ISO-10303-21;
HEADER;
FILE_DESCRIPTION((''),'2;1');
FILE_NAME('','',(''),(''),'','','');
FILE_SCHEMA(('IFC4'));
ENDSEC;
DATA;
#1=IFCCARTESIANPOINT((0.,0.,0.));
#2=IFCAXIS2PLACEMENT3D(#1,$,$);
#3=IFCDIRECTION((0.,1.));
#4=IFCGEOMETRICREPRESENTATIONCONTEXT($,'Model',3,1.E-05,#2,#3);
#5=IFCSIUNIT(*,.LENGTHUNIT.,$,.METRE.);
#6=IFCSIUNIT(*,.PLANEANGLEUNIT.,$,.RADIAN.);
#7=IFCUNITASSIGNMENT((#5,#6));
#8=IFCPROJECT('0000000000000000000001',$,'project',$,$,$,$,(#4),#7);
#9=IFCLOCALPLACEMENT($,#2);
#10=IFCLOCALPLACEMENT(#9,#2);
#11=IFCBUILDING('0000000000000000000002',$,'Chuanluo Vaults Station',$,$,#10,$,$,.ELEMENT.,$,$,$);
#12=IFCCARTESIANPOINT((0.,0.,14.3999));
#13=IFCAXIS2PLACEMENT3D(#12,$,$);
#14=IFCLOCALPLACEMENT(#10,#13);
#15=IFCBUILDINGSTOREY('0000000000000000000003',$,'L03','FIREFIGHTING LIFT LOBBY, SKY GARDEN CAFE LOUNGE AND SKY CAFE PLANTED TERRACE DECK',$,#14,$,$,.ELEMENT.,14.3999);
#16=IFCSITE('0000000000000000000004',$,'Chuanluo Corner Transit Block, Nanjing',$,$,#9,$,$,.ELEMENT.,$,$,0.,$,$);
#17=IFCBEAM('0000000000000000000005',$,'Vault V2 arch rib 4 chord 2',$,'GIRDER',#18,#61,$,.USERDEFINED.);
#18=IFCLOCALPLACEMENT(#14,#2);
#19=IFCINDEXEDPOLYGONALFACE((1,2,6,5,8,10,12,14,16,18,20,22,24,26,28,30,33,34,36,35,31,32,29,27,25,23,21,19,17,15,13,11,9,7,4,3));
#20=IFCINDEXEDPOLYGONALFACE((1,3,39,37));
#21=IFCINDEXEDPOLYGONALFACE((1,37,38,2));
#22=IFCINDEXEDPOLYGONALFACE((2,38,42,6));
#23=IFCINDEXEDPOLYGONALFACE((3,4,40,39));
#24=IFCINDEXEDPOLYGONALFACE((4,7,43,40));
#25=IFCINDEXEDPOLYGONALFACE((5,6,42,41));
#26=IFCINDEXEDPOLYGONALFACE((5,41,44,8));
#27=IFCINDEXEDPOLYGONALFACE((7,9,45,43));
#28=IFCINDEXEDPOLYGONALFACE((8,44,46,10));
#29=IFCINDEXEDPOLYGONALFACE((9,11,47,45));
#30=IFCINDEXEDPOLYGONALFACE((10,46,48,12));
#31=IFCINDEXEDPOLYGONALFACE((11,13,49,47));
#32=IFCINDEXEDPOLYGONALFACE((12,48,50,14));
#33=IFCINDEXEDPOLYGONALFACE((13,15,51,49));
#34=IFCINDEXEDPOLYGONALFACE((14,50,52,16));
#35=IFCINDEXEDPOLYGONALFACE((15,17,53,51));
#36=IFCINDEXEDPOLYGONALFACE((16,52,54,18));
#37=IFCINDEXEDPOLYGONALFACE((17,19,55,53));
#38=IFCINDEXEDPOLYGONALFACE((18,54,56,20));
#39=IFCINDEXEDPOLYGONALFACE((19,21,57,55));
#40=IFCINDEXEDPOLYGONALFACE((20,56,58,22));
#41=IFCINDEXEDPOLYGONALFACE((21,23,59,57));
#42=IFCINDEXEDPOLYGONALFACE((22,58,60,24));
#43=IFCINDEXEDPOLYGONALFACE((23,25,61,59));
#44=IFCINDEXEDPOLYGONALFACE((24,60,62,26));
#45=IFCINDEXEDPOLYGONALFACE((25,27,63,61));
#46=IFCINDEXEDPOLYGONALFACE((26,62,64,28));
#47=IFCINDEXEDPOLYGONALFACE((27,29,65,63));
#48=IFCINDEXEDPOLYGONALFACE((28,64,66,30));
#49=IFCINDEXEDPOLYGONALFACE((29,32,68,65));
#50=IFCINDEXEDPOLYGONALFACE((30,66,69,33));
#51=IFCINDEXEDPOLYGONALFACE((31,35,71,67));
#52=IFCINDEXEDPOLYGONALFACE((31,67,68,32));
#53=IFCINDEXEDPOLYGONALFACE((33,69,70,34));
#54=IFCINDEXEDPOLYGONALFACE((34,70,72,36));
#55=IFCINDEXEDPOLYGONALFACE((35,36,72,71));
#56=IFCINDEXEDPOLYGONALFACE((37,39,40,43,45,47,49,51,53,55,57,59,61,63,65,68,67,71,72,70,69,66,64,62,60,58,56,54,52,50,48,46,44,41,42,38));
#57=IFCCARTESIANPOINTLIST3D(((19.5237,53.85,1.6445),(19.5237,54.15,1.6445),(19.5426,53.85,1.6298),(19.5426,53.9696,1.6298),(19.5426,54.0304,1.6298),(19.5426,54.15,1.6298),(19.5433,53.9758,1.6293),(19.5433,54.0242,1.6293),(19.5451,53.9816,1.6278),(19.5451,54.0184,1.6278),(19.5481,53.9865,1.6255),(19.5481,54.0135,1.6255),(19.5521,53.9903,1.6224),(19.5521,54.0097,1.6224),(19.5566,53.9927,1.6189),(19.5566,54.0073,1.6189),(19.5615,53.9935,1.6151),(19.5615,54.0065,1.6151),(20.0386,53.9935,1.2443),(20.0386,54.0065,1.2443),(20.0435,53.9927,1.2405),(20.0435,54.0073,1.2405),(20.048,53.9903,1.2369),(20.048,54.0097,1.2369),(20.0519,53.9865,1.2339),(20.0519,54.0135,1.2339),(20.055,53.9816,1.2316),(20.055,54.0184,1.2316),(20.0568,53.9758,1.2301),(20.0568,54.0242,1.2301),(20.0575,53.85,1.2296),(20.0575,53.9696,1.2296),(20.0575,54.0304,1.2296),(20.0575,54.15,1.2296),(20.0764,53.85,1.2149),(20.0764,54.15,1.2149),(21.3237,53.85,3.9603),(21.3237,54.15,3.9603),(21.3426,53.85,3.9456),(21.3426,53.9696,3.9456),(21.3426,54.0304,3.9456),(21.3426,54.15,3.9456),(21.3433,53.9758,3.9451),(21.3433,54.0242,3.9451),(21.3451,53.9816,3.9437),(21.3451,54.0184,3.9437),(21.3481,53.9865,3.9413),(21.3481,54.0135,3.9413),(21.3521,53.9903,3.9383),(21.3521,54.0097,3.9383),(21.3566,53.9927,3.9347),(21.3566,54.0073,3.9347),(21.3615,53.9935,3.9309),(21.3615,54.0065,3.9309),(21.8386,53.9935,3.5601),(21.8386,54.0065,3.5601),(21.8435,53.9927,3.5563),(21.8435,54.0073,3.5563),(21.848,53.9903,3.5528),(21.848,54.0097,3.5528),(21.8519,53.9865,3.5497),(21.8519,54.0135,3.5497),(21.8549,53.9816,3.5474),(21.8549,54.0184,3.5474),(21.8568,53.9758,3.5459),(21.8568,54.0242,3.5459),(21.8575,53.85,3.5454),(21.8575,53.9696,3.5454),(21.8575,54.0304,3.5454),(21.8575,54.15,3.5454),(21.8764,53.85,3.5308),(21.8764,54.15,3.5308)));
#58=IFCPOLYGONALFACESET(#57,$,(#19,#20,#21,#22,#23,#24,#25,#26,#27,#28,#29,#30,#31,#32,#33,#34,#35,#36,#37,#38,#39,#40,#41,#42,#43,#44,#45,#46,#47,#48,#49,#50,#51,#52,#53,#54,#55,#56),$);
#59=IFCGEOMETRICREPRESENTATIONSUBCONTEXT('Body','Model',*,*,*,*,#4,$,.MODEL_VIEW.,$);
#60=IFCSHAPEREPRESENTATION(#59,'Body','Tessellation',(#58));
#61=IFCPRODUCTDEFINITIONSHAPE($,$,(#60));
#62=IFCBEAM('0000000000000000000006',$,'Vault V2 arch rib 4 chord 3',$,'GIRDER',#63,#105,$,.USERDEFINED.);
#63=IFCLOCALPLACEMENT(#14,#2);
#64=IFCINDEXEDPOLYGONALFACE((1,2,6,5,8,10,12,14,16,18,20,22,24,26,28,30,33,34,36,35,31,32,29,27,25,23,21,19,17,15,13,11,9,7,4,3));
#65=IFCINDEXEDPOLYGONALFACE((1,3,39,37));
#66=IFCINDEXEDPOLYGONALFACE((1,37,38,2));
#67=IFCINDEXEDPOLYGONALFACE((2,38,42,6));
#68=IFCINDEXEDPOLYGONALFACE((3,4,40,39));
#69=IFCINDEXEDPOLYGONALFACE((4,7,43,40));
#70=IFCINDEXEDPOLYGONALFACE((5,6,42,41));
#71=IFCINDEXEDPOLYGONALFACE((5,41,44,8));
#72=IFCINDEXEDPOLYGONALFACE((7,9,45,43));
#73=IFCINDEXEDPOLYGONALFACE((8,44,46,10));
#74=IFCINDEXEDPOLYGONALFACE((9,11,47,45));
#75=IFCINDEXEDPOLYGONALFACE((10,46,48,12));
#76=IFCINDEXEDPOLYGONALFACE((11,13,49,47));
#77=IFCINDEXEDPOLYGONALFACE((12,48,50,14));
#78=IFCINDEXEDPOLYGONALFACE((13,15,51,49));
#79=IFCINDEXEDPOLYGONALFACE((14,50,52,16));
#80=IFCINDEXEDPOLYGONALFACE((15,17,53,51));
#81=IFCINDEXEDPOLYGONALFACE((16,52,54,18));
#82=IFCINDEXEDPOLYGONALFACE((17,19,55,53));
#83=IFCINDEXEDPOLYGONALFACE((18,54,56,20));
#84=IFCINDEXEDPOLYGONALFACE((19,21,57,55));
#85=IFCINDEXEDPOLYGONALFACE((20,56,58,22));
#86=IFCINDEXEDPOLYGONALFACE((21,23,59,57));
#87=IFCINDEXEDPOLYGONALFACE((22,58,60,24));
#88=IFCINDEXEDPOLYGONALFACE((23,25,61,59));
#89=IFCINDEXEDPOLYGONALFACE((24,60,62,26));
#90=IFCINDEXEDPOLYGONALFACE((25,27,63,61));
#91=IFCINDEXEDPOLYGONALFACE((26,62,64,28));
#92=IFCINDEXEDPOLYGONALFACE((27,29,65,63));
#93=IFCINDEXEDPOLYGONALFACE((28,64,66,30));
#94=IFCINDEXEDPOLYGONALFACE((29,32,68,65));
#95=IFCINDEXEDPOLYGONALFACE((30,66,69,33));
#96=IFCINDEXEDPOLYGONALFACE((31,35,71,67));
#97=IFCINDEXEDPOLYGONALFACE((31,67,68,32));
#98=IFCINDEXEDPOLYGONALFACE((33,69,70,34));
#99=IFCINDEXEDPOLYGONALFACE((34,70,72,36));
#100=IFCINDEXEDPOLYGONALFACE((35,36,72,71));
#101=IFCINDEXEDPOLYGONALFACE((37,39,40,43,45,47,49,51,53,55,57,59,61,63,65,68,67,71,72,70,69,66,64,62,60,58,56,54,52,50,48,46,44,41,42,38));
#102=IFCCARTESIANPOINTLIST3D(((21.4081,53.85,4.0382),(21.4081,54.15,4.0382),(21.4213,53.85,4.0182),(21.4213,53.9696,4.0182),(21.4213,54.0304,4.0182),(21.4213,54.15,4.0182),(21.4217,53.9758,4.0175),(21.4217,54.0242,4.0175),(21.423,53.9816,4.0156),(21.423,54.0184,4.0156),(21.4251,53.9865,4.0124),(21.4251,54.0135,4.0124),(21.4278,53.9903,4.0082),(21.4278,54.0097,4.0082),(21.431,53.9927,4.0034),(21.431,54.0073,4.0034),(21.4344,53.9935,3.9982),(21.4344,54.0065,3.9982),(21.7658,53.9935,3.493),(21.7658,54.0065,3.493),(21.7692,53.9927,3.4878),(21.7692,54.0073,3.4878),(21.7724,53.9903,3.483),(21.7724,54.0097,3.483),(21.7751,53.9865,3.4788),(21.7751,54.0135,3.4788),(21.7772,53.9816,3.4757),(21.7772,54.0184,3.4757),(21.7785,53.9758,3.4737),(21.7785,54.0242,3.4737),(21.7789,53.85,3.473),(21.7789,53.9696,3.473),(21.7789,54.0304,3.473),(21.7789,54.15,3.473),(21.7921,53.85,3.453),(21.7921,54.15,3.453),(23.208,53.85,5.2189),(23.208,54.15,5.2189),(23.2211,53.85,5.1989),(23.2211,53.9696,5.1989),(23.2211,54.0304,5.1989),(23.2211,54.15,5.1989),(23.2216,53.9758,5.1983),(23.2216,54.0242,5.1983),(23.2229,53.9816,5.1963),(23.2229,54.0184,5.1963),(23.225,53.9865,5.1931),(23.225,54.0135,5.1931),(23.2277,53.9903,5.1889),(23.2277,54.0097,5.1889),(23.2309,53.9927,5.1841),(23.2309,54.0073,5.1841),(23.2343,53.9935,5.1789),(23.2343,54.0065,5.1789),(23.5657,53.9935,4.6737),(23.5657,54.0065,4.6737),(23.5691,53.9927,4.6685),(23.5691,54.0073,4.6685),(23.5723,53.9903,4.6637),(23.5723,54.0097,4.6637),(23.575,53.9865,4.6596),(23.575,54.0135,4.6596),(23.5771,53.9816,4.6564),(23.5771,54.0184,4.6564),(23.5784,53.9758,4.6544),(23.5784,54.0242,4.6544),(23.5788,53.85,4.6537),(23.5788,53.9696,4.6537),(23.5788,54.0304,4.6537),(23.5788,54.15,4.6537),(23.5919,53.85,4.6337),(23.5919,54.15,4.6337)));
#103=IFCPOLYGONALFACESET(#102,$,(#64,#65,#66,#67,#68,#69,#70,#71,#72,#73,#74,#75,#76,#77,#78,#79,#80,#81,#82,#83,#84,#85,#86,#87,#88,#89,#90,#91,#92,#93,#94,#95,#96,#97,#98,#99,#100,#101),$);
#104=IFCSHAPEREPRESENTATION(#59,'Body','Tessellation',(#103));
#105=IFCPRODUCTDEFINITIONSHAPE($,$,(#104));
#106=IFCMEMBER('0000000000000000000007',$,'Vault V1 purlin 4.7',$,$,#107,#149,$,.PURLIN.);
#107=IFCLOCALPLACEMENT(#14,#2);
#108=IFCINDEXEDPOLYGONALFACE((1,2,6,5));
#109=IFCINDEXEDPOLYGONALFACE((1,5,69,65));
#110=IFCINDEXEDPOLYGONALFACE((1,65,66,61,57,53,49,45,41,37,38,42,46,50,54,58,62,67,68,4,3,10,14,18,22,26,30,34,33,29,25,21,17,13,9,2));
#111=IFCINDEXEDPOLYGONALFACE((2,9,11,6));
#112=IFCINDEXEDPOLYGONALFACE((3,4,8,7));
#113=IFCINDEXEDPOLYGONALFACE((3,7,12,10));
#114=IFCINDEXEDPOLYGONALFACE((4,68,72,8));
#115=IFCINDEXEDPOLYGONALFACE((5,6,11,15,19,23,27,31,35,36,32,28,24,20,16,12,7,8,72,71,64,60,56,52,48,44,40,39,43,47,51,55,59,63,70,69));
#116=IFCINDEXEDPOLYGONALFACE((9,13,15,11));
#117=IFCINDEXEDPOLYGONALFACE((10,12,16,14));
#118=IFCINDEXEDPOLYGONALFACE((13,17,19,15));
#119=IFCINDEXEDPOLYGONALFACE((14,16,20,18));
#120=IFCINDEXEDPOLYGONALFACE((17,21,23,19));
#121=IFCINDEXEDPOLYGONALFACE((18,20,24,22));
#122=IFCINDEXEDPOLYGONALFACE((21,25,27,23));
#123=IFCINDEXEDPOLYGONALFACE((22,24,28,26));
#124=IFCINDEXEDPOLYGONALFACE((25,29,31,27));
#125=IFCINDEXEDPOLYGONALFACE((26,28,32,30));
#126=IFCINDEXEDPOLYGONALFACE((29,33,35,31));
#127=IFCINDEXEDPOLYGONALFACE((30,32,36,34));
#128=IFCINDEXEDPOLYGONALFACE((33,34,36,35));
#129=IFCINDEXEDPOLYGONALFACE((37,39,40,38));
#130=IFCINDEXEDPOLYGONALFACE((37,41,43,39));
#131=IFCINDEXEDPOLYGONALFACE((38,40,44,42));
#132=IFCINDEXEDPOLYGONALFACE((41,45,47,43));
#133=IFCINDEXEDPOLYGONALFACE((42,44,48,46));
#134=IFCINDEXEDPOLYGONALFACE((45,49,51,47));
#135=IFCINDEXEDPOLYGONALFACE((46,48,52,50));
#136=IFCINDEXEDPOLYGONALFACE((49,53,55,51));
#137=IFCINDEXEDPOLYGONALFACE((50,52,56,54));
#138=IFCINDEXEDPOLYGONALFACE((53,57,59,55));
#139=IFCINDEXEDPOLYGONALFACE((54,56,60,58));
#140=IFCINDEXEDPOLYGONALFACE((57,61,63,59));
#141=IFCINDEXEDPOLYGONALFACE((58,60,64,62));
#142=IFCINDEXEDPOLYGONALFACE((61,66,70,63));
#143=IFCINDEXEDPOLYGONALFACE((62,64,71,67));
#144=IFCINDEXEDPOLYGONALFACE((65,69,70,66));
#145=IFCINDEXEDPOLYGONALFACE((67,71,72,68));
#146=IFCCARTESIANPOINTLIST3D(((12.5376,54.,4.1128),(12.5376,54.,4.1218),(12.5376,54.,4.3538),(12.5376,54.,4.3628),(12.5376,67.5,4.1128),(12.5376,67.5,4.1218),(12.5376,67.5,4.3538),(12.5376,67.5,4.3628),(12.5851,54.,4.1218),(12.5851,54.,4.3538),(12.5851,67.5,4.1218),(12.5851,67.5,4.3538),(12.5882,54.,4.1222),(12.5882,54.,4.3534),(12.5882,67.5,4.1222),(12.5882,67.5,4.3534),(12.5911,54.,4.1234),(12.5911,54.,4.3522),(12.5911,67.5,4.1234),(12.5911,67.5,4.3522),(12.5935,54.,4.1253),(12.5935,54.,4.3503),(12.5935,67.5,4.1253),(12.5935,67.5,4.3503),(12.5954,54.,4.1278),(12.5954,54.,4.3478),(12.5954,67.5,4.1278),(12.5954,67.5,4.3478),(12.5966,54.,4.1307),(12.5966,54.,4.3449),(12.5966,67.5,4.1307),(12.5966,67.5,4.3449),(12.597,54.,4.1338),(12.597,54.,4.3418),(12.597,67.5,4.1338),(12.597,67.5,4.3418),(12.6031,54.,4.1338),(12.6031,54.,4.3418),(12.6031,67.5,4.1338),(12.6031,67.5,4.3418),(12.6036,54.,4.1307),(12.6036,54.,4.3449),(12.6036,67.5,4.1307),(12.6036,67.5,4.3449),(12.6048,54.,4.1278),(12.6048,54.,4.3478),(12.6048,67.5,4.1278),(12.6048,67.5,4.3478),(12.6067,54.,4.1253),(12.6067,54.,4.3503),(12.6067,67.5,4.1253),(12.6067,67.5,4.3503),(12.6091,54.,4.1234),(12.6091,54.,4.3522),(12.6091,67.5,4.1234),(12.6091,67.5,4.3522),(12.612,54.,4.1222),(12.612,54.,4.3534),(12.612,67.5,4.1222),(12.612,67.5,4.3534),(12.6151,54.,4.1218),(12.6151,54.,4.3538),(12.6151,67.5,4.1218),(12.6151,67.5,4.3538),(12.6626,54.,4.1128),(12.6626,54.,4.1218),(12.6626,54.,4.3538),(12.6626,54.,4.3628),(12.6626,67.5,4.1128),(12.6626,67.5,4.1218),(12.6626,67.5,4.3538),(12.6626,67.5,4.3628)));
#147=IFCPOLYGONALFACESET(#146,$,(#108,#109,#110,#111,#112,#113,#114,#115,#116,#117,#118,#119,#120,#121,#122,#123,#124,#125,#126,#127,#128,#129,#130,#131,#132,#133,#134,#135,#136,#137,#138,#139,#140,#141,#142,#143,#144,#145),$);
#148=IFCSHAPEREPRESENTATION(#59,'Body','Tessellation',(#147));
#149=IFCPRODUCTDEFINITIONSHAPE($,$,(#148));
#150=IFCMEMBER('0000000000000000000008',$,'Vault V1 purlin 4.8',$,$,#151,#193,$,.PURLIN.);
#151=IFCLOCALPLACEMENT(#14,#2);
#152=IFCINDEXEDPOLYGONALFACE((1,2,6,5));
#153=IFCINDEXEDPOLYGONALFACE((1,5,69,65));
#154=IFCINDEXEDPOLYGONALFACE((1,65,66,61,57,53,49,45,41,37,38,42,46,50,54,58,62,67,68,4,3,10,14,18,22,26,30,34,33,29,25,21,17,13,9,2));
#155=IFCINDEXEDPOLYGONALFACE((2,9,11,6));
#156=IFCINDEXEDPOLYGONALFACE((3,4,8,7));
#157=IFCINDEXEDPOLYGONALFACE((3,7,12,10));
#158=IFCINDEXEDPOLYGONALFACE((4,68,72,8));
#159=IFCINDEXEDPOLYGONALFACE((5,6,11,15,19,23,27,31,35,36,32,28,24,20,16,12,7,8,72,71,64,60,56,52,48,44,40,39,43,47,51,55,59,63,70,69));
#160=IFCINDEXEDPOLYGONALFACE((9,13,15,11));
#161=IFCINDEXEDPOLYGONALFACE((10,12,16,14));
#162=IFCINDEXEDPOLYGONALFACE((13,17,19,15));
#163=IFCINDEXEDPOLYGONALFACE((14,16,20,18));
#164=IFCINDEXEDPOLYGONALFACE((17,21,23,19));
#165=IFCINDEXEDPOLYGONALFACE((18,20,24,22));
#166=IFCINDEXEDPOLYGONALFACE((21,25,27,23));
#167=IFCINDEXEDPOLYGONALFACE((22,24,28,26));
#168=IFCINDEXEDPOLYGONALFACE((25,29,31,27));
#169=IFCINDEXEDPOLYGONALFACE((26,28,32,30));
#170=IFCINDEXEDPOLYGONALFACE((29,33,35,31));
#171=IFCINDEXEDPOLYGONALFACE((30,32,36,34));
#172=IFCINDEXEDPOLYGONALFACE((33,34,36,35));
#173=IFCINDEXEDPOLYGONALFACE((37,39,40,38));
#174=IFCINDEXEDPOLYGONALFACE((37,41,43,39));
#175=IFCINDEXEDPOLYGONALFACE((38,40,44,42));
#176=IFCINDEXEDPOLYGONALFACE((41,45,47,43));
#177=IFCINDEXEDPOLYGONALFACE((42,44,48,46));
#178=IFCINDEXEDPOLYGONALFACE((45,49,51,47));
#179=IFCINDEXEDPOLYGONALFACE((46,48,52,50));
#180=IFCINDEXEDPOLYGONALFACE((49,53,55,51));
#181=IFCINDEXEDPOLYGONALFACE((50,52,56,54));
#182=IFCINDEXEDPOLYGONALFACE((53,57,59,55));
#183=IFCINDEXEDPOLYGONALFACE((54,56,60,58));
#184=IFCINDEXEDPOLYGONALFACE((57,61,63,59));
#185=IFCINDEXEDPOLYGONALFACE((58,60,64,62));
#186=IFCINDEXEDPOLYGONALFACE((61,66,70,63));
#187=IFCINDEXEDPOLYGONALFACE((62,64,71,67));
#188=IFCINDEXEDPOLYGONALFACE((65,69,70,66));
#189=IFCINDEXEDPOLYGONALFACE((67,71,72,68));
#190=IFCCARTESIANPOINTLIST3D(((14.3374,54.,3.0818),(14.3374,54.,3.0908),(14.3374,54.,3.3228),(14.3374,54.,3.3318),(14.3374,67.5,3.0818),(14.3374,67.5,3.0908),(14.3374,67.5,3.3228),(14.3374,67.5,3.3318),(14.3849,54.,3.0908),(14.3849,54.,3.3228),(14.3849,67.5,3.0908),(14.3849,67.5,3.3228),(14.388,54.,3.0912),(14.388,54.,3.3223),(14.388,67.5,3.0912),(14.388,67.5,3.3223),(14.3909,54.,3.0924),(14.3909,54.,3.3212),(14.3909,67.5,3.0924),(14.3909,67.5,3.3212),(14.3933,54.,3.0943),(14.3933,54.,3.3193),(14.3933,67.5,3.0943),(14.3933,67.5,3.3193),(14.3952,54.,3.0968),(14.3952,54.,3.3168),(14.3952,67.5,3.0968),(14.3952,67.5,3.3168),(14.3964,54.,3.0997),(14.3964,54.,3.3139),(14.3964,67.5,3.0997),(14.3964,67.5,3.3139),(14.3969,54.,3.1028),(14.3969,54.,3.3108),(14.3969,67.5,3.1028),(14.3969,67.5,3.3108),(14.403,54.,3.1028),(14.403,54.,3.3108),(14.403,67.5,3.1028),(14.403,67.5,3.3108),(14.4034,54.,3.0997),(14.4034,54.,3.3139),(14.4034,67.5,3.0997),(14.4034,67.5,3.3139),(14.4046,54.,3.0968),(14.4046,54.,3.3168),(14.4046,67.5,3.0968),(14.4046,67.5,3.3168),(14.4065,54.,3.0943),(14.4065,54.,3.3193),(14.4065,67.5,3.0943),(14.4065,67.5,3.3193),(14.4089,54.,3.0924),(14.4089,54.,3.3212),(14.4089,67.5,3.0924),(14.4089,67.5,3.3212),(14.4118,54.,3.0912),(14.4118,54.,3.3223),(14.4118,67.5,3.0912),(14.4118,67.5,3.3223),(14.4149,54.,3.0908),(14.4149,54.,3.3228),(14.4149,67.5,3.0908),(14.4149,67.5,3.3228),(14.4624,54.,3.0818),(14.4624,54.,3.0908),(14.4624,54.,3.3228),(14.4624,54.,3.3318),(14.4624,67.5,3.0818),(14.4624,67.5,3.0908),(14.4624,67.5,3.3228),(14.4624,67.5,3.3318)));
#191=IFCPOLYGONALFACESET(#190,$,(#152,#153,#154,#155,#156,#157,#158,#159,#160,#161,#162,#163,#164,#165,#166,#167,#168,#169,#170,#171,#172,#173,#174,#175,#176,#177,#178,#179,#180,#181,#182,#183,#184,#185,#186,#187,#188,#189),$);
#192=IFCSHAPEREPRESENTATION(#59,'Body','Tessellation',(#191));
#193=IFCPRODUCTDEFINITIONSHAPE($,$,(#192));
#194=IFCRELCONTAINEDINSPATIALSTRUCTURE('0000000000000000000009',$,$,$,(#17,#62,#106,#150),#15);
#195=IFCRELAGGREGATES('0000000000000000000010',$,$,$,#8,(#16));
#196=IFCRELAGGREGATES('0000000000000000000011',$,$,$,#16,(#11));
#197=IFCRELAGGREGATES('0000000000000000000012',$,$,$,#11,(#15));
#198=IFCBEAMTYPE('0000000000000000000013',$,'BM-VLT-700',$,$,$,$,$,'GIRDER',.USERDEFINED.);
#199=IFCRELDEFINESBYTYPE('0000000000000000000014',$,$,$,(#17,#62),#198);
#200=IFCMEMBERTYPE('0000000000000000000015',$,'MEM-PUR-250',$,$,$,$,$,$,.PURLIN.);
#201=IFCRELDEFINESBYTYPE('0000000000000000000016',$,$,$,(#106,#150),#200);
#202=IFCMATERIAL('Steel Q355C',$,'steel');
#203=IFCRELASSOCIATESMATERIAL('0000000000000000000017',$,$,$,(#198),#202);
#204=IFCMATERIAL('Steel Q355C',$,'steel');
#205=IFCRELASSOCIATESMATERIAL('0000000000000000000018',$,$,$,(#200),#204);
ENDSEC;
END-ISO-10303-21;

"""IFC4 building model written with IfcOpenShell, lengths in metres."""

from ifc_helpers import new_model, si_unit, direction, frame, origin, origin_2d, place, context, subcontext, project, spatial, i_section, extrude, material, material_profile, profile_set, type_object, element, save


model = new_model("IFC4")

# Units and contexts
model_context = context("Model", 3, precision=1e-05, world=origin(), true_north=direction((0.0, 1.0)))
body_context = subcontext(model_context, "Body", "Model", "MODEL_VIEW")
ifc_project = project(units=[si_unit("LENGTHUNIT", "METRE"), si_unit("PLANEANGLEUNIT", "RADIAN")], contexts=[model_context])

# Site, building, storey
site_placement = place(None, origin())
site = spatial("IfcSite", under=ifc_project, at=site_placement, Name="Chuanluo Corner Transit Block, Nanjing", CompositionType="ELEMENT", RefElevation=0.0)
building_placement = place(site_placement, origin())
building = spatial("IfcBuilding", under=site, at=building_placement, Name="Chuanluo Vaults Station", CompositionType="ELEMENT")
storey_placement = place(building_placement, frame((0.0, 0.0, 14.3999)))
storey = spatial("IfcBuildingStorey", under=building, at=storey_placement, Name="L03", Description="FIREFIGHTING LIFT LOBBY, SKY GARDEN CAFE LOUNGE AND SKY CAFE PLANTED TERRACE DECK", CompositionType="ELEMENT", Elevation=14.3999)

# Beams
ifc_material_1 = material(Name="Steel Q355C", Category="steel")
ifc_material_profile_1 = material_profile(ifc_material_1, i_section(OverallWidth=0.3, OverallDepth=0.7, WebThickness=0.0129, FlangeThickness=0.0239, FilletRadius=0.0239, at=origin_2d()))
ifc_profile_set_1 = profile_set([ifc_material_profile_1], Name="Steel Q355C")
beam_type_1 = type_object("IfcBeamType", Name="BM-VLT-700", ElementType="GIRDER", PredefinedType="USERDEFINED", material=ifc_profile_set_1)
beam_1_placement = place(storey_placement, frame((19.8, 54.0, 1.4297), z_axis=(0.613681, 0.0, 0.789554), x_axis=(0.0, 1.0, 0.0)))
element("IfcBeam", 1, at=beam_1_placement, inside=storey, type_object=beam_type_1, Name="Vault V2 arch rib 4 chord 2", ObjectType="GIRDER", PredefinedType="USERDEFINED", context=body_context, shape_type="SweptSolid", body=[
    extrude(i_section(OverallWidth=0.3, OverallDepth=0.7, WebThickness=0.0129, FlangeThickness=0.0239, FilletRadius=0.0239, at=origin_2d()), origin(), (0.0, 0.0, 1.0), 2.9331),
])
beam_2_placement = place(storey_placement, frame((21.6001, 54.0, 3.7456), z_axis=(0.836145, 0.0, 0.548508), x_axis=(0.0, 1.0, 0.0)))
element("IfcBeam", 2, at=beam_2_placement, inside=storey, type_object=beam_type_1, Name="Vault V2 arch rib 4 chord 3", ObjectType="GIRDER", PredefinedType="USERDEFINED", context=body_context, shape_type="SweptSolid", body=[
    extrude(i_section(OverallWidth=0.3, OverallDepth=0.7, WebThickness=0.0129, FlangeThickness=0.0239, FilletRadius=0.0239, at=origin_2d()), origin(), (0.0, 0.0, 1.0), 2.1526),
])

# Members
ifc_material_2 = material(Name="Steel Q355C", Category="steel")
ifc_material_profile_2 = material_profile(ifc_material_2, i_section(OverallWidth=0.125, OverallDepth=0.25, WebThickness=0.0061, FlangeThickness=0.009, FilletRadius=0.012, at=origin_2d()))
ifc_profile_set_2 = profile_set([ifc_material_profile_2], Name="Steel Q355C")
member_type_1 = type_object("IfcMemberType", Name="MEM-PUR-250", PredefinedType="PURLIN", material=ifc_profile_set_2)
for number, where, z_axis, x_axis, name in (
    (3, (12.6001, 54.0, 4.2378), (0.0, 1.0, 0.0), (-1.0, 0.0, 0.0), "Vault V1 purlin 4.7"),
    (4, (14.3999, 54.0, 3.2068), (0.0, 1.0, 0.0), (-1.0, 0.0, 0.0), "Vault V1 purlin 4.8"),
):
    element("IfcMember", number, at=place(storey_placement, frame(where, z_axis=z_axis, x_axis=x_axis)), inside=storey, type_object=member_type_1, Name=name, PredefinedType="PURLIN", context=body_context, shape_type="SweptSolid", body=[
        extrude(i_section(OverallWidth=0.125, OverallDepth=0.25, WebThickness=0.0061, FlangeThickness=0.009, FilletRadius=0.012, at=origin_2d()), origin(), (0.0, 0.0, 1.0), 13.5),
    ])

save(model, "model.ifc")
